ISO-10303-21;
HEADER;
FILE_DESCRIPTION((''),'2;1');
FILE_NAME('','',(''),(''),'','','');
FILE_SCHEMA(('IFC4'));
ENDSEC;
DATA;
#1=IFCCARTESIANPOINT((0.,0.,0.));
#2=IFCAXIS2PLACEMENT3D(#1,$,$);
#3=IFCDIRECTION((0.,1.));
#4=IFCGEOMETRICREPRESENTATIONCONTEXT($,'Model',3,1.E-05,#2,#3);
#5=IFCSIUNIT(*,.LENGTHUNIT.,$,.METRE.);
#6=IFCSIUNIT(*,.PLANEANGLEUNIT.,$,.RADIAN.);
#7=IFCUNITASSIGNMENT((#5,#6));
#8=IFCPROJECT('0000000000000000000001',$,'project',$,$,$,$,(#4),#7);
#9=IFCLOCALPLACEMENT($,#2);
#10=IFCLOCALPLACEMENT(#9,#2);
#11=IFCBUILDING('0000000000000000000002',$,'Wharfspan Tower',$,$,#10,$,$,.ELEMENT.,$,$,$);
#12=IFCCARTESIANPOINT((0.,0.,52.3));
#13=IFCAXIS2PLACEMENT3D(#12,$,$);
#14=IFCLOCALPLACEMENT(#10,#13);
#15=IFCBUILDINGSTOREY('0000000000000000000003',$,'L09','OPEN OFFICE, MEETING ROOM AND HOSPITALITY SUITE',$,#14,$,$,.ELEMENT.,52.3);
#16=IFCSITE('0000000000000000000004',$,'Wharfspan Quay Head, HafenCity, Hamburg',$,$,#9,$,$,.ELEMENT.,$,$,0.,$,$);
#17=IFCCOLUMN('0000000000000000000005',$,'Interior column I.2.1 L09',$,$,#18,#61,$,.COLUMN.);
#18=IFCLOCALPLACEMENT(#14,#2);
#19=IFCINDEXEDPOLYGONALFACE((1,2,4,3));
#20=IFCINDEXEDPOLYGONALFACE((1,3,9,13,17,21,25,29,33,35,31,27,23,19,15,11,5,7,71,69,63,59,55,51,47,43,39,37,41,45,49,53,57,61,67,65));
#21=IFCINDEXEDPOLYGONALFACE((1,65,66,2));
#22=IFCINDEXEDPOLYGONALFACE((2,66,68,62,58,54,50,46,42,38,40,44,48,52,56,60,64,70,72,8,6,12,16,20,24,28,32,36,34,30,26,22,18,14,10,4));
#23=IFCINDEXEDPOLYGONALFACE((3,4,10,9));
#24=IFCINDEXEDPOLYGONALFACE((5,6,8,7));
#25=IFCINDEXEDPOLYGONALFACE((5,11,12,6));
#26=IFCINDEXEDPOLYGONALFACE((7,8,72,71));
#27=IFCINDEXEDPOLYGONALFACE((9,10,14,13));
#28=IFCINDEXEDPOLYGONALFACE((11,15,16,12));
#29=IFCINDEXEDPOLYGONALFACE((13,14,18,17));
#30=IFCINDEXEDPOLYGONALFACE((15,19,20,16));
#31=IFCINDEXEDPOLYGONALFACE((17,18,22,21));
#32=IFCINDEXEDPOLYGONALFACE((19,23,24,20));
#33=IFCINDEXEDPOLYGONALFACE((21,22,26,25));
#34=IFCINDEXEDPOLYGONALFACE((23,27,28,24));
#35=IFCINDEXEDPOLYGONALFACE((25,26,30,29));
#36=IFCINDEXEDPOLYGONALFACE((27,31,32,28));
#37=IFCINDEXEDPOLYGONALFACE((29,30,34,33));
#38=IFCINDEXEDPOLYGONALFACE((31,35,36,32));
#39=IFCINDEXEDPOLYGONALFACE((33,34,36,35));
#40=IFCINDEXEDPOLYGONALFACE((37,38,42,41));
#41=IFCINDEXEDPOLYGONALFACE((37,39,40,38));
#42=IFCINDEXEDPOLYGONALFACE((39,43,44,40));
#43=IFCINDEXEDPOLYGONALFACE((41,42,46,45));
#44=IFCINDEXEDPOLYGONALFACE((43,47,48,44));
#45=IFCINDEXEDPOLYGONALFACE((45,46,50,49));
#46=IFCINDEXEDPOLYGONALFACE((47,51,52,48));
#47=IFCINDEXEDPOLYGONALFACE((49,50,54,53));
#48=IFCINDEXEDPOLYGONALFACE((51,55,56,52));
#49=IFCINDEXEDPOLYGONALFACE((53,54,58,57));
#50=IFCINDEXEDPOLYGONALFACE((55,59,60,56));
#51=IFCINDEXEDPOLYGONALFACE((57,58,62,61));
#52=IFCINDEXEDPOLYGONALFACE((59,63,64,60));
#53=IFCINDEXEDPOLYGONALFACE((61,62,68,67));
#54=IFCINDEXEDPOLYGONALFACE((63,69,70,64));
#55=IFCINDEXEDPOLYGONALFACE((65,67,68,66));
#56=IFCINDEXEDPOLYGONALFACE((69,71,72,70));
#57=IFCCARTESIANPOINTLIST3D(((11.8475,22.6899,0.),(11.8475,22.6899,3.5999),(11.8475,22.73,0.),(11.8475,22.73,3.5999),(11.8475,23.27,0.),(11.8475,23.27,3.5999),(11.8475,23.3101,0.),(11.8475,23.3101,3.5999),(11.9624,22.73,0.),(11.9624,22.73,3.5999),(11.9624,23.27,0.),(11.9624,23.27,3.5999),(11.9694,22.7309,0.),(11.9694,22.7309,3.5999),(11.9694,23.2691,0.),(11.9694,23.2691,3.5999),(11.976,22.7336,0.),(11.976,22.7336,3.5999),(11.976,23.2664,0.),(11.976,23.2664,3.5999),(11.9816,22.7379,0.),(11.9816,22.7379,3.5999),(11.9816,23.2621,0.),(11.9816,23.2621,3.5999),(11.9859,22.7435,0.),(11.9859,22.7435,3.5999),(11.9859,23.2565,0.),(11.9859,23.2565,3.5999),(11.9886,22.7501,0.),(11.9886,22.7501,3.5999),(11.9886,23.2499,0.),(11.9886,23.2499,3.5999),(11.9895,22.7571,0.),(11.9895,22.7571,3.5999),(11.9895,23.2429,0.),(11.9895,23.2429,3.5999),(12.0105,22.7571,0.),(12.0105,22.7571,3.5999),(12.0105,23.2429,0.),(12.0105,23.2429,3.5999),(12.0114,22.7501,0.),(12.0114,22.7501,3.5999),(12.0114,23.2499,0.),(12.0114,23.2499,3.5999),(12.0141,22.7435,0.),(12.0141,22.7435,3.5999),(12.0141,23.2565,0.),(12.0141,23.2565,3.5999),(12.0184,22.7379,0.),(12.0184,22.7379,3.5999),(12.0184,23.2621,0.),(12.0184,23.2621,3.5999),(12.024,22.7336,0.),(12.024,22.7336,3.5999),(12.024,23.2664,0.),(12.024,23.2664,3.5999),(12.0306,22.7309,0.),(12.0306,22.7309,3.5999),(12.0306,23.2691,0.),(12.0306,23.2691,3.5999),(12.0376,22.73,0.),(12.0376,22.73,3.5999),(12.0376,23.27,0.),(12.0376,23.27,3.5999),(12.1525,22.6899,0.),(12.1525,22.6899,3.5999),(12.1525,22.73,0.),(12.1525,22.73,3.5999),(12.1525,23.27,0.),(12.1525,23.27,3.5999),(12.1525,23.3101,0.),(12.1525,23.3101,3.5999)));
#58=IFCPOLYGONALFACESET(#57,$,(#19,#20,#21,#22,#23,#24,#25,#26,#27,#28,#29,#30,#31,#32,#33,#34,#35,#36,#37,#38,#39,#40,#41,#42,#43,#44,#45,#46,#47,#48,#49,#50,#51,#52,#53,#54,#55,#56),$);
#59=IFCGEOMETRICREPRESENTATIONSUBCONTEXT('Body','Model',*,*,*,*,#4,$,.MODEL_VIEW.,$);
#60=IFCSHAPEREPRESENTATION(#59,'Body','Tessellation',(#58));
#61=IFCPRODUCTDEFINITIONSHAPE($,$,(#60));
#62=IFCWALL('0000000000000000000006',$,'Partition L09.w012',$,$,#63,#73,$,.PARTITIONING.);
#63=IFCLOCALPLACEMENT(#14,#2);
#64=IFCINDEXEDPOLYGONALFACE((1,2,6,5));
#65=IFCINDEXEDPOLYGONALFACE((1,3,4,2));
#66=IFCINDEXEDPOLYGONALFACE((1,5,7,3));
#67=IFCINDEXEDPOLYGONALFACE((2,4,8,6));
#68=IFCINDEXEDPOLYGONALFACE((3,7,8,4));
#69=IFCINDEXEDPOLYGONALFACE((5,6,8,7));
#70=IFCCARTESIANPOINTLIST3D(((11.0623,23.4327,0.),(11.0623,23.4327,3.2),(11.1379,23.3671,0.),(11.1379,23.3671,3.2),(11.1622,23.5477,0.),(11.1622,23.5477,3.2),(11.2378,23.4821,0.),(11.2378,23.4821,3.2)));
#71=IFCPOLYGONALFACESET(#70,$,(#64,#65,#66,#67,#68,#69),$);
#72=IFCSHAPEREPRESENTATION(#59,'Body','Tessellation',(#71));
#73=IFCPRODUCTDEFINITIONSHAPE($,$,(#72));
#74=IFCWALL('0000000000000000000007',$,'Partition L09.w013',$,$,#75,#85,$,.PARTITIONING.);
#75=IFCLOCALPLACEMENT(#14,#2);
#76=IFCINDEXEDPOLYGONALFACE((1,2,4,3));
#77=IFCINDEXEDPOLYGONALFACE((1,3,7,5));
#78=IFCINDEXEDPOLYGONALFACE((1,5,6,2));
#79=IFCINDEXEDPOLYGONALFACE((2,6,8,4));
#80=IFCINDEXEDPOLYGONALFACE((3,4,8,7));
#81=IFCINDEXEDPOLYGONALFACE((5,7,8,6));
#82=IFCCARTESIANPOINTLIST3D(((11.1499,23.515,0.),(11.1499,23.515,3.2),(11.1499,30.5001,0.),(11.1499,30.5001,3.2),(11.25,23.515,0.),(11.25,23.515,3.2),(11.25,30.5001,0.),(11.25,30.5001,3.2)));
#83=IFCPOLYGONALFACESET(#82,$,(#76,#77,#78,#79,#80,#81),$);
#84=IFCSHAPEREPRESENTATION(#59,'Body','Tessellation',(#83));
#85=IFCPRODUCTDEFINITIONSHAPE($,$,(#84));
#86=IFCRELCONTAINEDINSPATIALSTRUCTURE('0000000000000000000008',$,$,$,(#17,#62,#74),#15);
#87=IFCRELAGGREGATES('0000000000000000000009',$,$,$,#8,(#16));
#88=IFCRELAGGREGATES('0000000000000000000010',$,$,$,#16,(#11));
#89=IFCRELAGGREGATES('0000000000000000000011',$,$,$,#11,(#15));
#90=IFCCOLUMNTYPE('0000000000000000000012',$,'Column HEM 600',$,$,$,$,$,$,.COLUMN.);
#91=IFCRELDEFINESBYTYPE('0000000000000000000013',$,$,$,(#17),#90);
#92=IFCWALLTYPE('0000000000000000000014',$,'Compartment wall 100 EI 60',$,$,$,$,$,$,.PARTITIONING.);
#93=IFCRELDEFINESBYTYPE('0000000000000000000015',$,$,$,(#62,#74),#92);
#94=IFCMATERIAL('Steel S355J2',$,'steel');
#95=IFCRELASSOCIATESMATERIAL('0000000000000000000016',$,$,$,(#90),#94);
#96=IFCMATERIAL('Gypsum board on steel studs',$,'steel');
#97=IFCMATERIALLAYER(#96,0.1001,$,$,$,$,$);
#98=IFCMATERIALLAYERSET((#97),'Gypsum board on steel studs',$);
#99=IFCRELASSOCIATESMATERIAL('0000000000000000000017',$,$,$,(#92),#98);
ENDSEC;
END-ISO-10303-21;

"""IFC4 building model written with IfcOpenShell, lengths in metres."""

from ifc_helpers import new_model, si_unit, direction, frame, frame_2d, origin, origin_2d, place, context, subcontext, project, spatial, rectangle, i_section, extrude, material, layer, layer_set, material_profile, profile_set, type_object, element, save


model = new_model("IFC4")

# Units and contexts
model_context = context("Model", 3, precision=1e-05, world=origin(), true_north=direction((0.0, 1.0)))
body_context = subcontext(model_context, "Body", "Model", "MODEL_VIEW")
ifc_project = project(units=[si_unit("LENGTHUNIT", "METRE"), si_unit("PLANEANGLEUNIT", "RADIAN")], contexts=[model_context])

# Site, building, storey
site_placement = place(None, origin())
site = spatial("IfcSite", under=ifc_project, at=site_placement, Name="Wharfspan Quay Head, HafenCity, Hamburg", CompositionType="ELEMENT", RefElevation=0.0)
building_placement = place(site_placement, origin())
building = spatial("IfcBuilding", under=site, at=building_placement, Name="Wharfspan Tower", CompositionType="ELEMENT")
storey_placement = place(building_placement, frame((0.0, 0.0, 52.3)))
storey = spatial("IfcBuildingStorey", under=building, at=storey_placement, Name="L09", Description="OPEN OFFICE, MEETING ROOM AND HOSPITALITY SUITE", CompositionType="ELEMENT", Elevation=52.3)

# Column
ifc_material_1 = material(Name="Steel S355J2", Category="steel")
ifc_material_profile = material_profile(ifc_material_1, i_section(OverallWidth=0.3049, OverallDepth=0.6201, WebThickness=0.021, FlangeThickness=0.04, FilletRadius=0.0271, at=origin_2d()))
ifc_profile_set = profile_set([ifc_material_profile], Name="Steel S355J2")
column_type = type_object("IfcColumnType", Name="Column HEM 600", PredefinedType="COLUMN", material=ifc_profile_set)
column_placement = place(storey_placement, frame((12.0, 23.0, 0.0), z_axis=(0.0, 0.0, 1.0), x_axis=(1.0, 0.0, 0.0)))
element("IfcColumn", 1, at=column_placement, inside=storey, type_object=column_type, Name="Interior column I.2.1 L09", PredefinedType="COLUMN", context=body_context, shape_type="SweptSolid", body=[
    extrude(i_section(OverallWidth=0.3049, OverallDepth=0.6201, WebThickness=0.021, FlangeThickness=0.04, FilletRadius=0.0271, at=origin_2d()), origin(), (0.0, 0.0, 1.0), 3.5999),
])

# Walls
ifc_material_2 = material(Name="Gypsum board on steel studs", Category="steel")
ifc_layer = layer(ifc_material_2, 0.1001)
ifc_layer_set = layer_set([ifc_layer], Name="Gypsum board on steel studs")
wall_type = type_object("IfcWallType", Name="Compartment wall 100 EI 60", PredefinedType="PARTITIONING", material=ifc_layer_set)
wall_1_placement = place(storey_placement, frame((11.1001, 23.3999, 0.0), z_axis=(0.0, 0.0, 1.0), x_axis=(0.65566, 0.755051, 0.0)))
element("IfcWall", 2, at=wall_1_placement, inside=storey, type_object=wall_type, Name="Partition L09.w012", PredefinedType="PARTITIONING", context=body_context, shape_type="SweptSolid", body=[
    extrude(rectangle(XDim=0.1523, YDim=0.1001, at=frame_2d((0.0762, 0.0))), origin(), (0.0, 0.0, 1.0), 3.2),
])
wall_2_placement = place(storey_placement, frame((11.2, 23.5149, 0.0), z_axis=(0.0, 0.0, 1.0), x_axis=(0.0, 1.0, 0.0)))
element("IfcWall", 3, at=wall_2_placement, inside=storey, type_object=wall_type, Name="Partition L09.w013", PredefinedType="PARTITIONING", context=body_context, shape_type="SweptSolid", body=[
    extrude(rectangle(XDim=6.9851, YDim=0.1001, at=frame_2d((3.4927, 0.0))), origin(), (0.0, 0.0, 1.0), 3.2),
])

save(model, "model.ifc")
